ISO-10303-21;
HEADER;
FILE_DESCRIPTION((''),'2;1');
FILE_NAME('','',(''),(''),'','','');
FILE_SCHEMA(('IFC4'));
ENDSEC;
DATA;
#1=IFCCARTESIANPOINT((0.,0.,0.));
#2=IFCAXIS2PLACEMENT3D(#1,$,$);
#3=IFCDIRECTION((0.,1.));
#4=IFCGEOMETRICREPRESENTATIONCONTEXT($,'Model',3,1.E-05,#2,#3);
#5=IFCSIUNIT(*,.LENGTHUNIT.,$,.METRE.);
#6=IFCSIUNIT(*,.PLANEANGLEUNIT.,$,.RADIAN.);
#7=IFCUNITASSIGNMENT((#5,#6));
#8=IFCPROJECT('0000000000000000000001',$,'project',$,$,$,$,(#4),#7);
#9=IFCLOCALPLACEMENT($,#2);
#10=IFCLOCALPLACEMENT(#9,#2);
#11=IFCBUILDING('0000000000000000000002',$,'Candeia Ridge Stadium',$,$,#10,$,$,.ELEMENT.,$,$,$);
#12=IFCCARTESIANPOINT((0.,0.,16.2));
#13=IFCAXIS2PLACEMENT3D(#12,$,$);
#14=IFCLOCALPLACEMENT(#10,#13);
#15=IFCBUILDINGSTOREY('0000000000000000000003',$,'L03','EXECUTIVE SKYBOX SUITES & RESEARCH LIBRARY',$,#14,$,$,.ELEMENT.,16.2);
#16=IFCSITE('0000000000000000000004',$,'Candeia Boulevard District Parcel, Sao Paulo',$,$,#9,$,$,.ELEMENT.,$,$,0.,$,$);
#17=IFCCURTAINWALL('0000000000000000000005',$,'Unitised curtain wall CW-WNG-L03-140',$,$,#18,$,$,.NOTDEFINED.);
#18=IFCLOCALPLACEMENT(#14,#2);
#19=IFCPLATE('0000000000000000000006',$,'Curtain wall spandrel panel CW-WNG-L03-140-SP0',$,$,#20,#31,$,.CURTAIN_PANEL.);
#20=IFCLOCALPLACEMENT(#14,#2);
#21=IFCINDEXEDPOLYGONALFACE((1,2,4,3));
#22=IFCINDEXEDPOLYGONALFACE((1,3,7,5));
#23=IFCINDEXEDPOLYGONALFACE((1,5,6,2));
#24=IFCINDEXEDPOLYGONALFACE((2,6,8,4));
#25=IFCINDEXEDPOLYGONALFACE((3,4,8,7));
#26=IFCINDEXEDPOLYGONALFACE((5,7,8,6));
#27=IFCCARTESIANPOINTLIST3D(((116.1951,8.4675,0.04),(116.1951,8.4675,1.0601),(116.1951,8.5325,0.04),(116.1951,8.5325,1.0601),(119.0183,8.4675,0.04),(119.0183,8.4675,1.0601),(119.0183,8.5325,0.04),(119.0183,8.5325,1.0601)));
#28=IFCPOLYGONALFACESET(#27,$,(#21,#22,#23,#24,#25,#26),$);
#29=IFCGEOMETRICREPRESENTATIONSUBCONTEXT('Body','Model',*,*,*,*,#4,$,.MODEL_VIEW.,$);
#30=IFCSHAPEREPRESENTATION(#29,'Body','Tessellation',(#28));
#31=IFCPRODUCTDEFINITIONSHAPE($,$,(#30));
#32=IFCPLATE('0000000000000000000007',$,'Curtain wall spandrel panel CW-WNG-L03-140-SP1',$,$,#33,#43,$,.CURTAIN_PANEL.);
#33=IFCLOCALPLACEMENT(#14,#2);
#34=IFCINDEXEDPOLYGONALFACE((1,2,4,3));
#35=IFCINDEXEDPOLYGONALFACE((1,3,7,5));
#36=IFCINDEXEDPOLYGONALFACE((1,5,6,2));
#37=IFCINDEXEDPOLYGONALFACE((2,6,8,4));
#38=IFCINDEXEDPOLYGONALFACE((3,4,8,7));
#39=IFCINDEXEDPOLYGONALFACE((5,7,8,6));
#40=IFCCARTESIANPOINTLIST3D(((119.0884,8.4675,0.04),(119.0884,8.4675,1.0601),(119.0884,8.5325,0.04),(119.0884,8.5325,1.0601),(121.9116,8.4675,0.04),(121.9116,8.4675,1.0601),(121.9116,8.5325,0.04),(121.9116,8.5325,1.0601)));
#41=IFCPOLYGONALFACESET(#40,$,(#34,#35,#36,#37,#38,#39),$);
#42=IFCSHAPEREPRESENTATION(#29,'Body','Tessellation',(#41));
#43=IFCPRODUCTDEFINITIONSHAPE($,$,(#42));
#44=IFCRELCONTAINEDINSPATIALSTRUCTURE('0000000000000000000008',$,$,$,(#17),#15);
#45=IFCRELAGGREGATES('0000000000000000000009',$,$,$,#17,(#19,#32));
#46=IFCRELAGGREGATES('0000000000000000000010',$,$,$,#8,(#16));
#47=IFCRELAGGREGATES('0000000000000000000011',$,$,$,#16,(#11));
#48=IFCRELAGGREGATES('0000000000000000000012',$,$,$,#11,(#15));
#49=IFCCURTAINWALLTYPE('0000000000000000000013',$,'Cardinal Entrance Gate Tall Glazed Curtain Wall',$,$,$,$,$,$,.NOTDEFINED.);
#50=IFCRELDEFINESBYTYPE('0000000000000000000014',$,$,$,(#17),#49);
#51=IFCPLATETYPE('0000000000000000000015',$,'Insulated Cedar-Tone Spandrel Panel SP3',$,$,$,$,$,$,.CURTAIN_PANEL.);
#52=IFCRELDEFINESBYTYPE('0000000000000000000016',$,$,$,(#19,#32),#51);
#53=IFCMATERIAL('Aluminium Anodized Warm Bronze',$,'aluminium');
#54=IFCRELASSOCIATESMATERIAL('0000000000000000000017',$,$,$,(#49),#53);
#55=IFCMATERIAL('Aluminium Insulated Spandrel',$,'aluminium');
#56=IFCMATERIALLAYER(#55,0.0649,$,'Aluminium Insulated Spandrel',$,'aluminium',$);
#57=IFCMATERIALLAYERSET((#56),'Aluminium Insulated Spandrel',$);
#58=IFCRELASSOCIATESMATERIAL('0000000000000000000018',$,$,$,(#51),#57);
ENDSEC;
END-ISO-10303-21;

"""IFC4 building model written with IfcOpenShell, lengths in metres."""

from ifc_helpers import new_model, si_unit, direction, frame, origin, origin_2d, place, context, subcontext, project, spatial, rectangle, extrude, material, layer, layer_set, type_object, element, aggregate, save


model = new_model("IFC4")

# Units and contexts
model_context = context("Model", 3, precision=1e-05, world=origin(), true_north=direction((0.0, 1.0)))
body_context = subcontext(model_context, "Body", "Model", "MODEL_VIEW")
ifc_project = project(units=[si_unit("LENGTHUNIT", "METRE"), si_unit("PLANEANGLEUNIT", "RADIAN")], contexts=[model_context])

# Site, building, storey
site_placement = place(None, origin())
site = spatial("IfcSite", under=ifc_project, at=site_placement, Name="Candeia Boulevard District Parcel, Sao Paulo", CompositionType="ELEMENT", RefElevation=0.0)
building_placement = place(site_placement, origin())
building = spatial("IfcBuilding", under=site, at=building_placement, Name="Candeia Ridge Stadium", CompositionType="ELEMENT")
storey_placement = place(building_placement, frame((0.0, 0.0, 16.2)))
storey = spatial("IfcBuildingStorey", under=building, at=storey_placement, Name="L03", Description="EXECUTIVE SKYBOX SUITES & RESEARCH LIBRARY", CompositionType="ELEMENT", Elevation=16.2)

# Curtain wall
ifc_material_1 = material(Name="Aluminium Anodized Warm Bronze", Category="aluminium")
curtain_wall_type = type_object("IfcCurtainWallType", Name="Cardinal Entrance Gate Tall Glazed Curtain Wall", PredefinedType="NOTDEFINED", material=ifc_material_1)
curtain_wall_1_placement = place(storey_placement, origin())
curtain_wall_1 = element("IfcCurtainWall", 1, at=curtain_wall_1_placement, inside=storey, type_object=curtain_wall_type, Name="Unitised curtain wall CW-WNG-L03-140", PredefinedType="NOTDEFINED")

# Plates
ifc_material_2 = material(Name="Aluminium Insulated Spandrel", Category="aluminium")
ifc_layer_1 = layer(ifc_material_2, 0.0649, Name="Aluminium Insulated Spandrel", Category="aluminium")
ifc_layer_set_1 = layer_set([ifc_layer_1], Name="Aluminium Insulated Spandrel")
plate_type_1 = type_object("IfcPlateType", Name="Insulated Cedar-Tone Spandrel Panel SP3", PredefinedType="CURTAIN_PANEL", material=ifc_layer_set_1)
plate_1_placement = place(storey_placement, frame((117.6067, 8.5, 0.04), z_axis=(0.0, 0.0, 1.0), x_axis=(1.0, 0.0, 0.0)))
plate_1 = element("IfcPlate", 2, at=plate_1_placement, type_object=plate_type_1, Name="Curtain wall spandrel panel CW-WNG-L03-140-SP0", PredefinedType="CURTAIN_PANEL", context=body_context, shape_type="SweptSolid", body=[
    extrude(rectangle(XDim=2.8232, YDim=0.0649, at=origin_2d()), origin(), (0.0, 0.0, 1.0), 1.02),
])
plate_2_placement = place(storey_placement, frame((120.5, 8.5, 0.04), z_axis=(0.0, 0.0, 1.0), x_axis=(1.0, 0.0, 0.0)))
plate_2 = element("IfcPlate", 3, at=plate_2_placement, type_object=plate_type_1, Name="Curtain wall spandrel panel CW-WNG-L03-140-SP1", PredefinedType="CURTAIN_PANEL", context=body_context, shape_type="SweptSolid", body=[
    extrude(rectangle(XDim=2.8232, YDim=0.0649, at=origin_2d()), origin(), (0.0, 0.0, 1.0), 1.02),
])
aggregate(curtain_wall_1, [plate_1, plate_2])

save(model, "model.ifc")
